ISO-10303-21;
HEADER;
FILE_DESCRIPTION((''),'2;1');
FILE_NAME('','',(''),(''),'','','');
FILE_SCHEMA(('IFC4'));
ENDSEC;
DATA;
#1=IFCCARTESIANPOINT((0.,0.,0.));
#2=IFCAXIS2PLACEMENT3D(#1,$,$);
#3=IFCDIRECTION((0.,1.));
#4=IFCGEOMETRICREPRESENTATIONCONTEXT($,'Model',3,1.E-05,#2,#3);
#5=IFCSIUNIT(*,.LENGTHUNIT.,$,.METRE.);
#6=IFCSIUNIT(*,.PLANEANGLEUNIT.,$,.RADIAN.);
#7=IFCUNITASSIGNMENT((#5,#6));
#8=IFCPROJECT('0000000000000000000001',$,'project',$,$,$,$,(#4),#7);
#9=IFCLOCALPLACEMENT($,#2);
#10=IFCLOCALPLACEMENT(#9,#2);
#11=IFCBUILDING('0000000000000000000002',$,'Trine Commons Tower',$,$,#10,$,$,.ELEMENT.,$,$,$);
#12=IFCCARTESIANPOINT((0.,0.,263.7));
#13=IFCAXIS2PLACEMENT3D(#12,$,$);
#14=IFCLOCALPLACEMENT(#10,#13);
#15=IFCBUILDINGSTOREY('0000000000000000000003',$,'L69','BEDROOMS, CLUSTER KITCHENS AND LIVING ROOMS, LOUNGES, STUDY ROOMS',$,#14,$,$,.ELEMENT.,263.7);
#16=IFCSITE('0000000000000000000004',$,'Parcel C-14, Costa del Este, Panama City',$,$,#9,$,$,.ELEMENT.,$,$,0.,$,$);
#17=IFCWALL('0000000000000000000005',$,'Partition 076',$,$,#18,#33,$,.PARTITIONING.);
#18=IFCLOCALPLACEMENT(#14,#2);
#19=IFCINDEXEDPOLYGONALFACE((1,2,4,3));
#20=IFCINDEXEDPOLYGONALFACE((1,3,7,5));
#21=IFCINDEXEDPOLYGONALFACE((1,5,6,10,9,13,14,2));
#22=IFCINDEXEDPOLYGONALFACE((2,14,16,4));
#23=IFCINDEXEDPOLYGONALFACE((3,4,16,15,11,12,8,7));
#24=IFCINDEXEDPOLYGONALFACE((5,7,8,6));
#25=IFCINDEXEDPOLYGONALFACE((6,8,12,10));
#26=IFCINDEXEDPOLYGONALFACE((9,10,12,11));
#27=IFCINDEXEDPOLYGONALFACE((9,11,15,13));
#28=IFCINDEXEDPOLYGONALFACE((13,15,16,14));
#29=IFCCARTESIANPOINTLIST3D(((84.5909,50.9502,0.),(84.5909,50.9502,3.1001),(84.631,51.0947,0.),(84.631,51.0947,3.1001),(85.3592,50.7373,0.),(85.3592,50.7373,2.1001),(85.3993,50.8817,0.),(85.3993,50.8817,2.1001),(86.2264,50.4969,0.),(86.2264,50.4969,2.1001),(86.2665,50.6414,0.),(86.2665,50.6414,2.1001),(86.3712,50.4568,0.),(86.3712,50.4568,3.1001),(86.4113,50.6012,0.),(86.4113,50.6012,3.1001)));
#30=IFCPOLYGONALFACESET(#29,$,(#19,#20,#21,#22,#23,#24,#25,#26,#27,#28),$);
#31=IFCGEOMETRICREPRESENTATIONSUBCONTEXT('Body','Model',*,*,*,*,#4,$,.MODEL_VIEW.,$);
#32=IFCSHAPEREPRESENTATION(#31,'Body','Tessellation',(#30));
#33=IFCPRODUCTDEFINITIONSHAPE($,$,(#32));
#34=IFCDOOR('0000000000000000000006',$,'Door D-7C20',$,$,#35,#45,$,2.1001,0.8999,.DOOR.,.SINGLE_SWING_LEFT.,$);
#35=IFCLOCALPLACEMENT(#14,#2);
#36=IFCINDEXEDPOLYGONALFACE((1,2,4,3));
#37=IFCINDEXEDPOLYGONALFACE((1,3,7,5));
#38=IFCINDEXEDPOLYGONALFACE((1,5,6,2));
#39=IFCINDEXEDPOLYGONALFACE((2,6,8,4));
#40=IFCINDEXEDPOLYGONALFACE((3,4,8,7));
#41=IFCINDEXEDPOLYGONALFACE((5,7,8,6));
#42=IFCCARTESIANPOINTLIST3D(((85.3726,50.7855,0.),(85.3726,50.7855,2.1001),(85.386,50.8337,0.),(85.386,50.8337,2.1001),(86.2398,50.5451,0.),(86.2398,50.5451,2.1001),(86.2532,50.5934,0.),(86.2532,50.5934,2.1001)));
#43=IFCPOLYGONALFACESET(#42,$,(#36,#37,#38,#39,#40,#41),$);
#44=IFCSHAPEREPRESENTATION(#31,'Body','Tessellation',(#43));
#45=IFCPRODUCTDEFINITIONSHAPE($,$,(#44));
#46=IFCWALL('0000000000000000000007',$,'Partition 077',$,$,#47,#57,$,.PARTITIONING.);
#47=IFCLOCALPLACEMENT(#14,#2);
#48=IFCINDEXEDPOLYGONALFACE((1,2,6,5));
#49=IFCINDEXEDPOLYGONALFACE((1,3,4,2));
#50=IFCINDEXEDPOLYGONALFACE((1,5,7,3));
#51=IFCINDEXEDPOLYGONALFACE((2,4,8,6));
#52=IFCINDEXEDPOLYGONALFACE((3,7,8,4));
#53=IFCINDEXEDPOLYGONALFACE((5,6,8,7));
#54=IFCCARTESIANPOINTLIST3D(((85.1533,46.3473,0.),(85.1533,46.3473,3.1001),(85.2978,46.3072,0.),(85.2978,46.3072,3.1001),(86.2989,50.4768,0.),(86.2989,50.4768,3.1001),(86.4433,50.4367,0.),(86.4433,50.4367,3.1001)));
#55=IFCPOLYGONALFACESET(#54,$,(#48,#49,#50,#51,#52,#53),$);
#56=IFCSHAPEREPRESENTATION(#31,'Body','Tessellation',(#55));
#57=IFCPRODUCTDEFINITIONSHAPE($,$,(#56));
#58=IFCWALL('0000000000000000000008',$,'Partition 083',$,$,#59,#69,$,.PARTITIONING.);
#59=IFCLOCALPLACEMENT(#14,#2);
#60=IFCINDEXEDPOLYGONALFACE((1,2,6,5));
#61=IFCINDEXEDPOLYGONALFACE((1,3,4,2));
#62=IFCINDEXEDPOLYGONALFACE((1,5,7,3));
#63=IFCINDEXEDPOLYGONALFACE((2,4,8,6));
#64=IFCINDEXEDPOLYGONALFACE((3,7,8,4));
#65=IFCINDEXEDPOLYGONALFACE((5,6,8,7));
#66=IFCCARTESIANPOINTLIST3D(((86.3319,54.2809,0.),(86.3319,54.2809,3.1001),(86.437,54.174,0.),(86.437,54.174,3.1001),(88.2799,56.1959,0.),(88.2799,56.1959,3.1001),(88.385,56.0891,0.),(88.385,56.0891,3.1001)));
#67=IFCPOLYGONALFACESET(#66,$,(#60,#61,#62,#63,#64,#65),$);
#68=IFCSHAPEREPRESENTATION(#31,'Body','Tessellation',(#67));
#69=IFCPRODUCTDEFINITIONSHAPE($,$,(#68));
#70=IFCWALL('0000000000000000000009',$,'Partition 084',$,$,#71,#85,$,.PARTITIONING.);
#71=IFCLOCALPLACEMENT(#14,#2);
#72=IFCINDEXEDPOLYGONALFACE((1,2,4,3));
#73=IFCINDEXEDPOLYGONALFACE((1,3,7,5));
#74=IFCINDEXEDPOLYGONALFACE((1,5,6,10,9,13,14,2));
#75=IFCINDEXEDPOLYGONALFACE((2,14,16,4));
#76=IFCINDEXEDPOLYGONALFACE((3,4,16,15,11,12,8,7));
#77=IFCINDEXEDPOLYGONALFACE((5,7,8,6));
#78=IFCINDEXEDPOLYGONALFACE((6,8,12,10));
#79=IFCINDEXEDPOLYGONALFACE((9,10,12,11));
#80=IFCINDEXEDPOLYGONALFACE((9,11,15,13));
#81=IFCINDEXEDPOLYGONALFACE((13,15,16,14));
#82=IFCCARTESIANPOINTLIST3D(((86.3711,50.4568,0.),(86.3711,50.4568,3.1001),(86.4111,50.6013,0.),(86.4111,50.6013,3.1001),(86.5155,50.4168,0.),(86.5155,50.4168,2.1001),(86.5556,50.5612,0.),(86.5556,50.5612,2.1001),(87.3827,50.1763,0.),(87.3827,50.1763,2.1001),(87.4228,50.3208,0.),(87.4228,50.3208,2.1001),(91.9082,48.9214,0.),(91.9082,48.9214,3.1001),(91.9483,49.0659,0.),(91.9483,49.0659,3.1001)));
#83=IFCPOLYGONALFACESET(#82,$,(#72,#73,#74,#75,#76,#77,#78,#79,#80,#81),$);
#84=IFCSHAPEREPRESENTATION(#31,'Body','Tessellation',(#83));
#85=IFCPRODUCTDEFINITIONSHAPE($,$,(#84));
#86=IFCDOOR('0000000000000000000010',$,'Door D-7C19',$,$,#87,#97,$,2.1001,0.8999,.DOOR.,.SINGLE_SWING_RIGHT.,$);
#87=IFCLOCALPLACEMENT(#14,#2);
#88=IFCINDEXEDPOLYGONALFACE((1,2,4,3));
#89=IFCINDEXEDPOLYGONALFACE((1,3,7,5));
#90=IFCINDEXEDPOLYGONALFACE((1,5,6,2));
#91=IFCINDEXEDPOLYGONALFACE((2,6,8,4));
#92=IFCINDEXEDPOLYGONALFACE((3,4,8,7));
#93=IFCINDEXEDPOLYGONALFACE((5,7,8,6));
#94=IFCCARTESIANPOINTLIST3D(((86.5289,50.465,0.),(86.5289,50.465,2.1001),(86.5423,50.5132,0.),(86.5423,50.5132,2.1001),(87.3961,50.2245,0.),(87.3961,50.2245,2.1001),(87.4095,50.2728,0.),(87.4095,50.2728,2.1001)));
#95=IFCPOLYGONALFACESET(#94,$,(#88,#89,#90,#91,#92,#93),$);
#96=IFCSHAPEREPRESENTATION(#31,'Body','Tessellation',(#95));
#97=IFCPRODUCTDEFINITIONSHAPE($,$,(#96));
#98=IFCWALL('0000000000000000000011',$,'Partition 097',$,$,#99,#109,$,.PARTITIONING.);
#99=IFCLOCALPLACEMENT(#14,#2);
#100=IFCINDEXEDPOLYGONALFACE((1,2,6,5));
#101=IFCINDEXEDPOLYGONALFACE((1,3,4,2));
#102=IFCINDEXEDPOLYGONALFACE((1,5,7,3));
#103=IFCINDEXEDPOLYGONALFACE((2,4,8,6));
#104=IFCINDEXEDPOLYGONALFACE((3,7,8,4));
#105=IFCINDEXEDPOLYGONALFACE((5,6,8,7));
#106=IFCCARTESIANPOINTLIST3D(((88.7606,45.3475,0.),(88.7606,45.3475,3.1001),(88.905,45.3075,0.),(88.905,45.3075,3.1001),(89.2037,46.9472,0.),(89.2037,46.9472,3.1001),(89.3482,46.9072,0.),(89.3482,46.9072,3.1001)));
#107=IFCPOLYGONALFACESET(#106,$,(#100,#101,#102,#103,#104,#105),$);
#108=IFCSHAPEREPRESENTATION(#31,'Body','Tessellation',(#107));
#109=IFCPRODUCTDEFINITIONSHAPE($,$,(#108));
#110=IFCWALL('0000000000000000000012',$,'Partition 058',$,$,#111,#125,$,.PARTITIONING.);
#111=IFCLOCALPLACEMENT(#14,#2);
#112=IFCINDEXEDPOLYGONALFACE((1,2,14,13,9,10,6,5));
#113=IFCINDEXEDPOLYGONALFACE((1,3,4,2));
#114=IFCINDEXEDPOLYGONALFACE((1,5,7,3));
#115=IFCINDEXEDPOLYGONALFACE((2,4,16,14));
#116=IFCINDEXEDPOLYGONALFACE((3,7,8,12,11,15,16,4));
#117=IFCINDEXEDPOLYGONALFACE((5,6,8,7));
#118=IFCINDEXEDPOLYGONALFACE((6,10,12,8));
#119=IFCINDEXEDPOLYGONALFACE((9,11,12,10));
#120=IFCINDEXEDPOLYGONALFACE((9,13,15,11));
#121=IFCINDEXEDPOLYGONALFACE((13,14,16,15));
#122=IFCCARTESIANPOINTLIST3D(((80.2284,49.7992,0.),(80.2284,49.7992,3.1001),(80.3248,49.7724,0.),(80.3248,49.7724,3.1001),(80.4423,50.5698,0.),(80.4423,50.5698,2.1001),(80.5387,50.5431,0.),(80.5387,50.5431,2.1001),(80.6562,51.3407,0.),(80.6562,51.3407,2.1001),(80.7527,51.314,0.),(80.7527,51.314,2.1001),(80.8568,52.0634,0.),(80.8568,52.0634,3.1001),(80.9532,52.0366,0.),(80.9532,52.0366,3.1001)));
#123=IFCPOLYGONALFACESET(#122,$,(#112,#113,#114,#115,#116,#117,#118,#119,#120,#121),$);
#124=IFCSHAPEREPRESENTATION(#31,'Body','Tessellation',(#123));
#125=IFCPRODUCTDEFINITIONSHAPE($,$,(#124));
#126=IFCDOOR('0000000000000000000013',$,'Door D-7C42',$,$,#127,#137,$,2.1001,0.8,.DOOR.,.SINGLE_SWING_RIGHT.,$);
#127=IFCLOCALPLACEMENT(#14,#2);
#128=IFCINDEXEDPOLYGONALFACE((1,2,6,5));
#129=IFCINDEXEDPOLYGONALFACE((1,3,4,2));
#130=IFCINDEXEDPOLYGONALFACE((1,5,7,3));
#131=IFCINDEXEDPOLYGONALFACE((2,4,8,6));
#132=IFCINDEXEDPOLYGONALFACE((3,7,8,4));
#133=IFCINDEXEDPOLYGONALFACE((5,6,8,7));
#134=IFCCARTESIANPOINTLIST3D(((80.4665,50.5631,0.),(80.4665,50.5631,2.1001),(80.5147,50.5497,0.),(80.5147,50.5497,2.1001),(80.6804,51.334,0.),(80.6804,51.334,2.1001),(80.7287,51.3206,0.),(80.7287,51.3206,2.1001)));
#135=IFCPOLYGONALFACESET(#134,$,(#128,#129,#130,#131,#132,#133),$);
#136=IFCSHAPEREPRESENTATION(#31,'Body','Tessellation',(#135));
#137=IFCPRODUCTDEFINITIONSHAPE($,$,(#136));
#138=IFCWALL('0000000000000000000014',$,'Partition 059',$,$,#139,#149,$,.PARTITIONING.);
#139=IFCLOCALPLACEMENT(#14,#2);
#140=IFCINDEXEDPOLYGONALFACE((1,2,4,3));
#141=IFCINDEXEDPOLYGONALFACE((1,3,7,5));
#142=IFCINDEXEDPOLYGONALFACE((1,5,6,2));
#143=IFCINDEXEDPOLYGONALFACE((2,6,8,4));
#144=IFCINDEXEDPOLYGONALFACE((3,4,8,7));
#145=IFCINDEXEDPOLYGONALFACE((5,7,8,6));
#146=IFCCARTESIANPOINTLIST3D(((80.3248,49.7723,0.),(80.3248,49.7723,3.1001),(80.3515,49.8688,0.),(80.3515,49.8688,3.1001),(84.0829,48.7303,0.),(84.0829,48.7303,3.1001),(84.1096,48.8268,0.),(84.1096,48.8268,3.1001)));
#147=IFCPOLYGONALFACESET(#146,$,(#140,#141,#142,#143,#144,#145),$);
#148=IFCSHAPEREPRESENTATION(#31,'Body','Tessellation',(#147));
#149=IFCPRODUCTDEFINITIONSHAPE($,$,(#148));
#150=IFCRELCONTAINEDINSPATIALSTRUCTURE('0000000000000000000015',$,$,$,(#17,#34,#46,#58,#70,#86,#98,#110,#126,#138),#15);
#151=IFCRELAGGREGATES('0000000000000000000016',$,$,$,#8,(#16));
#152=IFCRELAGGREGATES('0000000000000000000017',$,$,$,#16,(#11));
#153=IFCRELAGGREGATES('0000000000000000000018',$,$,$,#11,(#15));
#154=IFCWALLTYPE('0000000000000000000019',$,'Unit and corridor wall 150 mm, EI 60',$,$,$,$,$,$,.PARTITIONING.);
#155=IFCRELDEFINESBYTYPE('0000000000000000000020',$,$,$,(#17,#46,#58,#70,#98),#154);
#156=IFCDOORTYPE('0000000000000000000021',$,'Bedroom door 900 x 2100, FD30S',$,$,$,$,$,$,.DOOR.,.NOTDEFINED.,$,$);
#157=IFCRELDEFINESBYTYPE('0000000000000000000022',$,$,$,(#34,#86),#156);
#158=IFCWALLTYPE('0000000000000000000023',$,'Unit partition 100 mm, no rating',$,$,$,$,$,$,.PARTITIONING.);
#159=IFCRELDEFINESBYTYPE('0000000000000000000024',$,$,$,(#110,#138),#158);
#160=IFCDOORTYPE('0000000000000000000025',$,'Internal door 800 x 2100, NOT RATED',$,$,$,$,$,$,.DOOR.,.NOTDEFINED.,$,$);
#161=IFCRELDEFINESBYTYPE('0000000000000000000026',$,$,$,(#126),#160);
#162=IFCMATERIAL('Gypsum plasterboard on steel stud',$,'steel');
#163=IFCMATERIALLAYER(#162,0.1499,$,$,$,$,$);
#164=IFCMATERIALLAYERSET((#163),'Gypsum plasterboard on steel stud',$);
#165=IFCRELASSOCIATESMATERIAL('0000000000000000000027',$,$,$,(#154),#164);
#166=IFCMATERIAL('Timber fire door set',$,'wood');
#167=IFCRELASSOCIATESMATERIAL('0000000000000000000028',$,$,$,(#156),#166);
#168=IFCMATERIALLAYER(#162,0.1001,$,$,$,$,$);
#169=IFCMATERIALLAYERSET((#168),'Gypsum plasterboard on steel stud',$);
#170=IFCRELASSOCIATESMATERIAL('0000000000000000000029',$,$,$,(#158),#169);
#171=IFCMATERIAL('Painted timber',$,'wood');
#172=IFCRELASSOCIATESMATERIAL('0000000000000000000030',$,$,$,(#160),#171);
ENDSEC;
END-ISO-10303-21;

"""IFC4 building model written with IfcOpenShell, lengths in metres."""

from ifc_helpers import new_model, si_unit, direction, frame, frame_2d, origin, place, context, subcontext, project, spatial, rectangle, extrude, material, layer, layer_set, type_object, element, fill, save


model = new_model("IFC4")

# Units and contexts
model_context = context("Model", 3, precision=1e-05, world=origin(), true_north=direction((0.0, 1.0)))
body_context = subcontext(model_context, "Body", "Model", "MODEL_VIEW")
ifc_project = project(units=[si_unit("LENGTHUNIT", "METRE"), si_unit("PLANEANGLEUNIT", "RADIAN")], contexts=[model_context])

# Site, building, storey
site_placement = place(None, origin())
site = spatial("IfcSite", under=ifc_project, at=site_placement, Name="Parcel C-14, Costa del Este, Panama City", CompositionType="ELEMENT", RefElevation=0.0)
building_placement = place(site_placement, origin())
building = spatial("IfcBuilding", under=site, at=building_placement, Name="Trine Commons Tower", CompositionType="ELEMENT")
storey_placement = place(building_placement, frame((0.0, 0.0, 263.7)))
storey = spatial("IfcBuildingStorey", under=building, at=storey_placement, Name="L69", Description="BEDROOMS, CLUSTER KITCHENS AND LIVING ROOMS, LOUNGES, STUDY ROOMS", CompositionType="ELEMENT", Elevation=263.7)

# Shared definitions
ifc_material_1 = material(Name="Gypsum plasterboard on steel stud", Category="steel")
ifc_layer_1 = layer(ifc_material_1, 0.1499)
ifc_layer_set_1 = layer_set([ifc_layer_1], Name="Gypsum plasterboard on steel stud")
wall_type_1 = type_object("IfcWallType", Name="Unit and corridor wall 150 mm, EI 60", PredefinedType="PARTITIONING", material=ifc_layer_set_1)

# Wall, opening, door
ifc_material_2 = material(Name="Timber fire door set", Category="wood")
wall_1_placement = place(storey_placement, frame((84.6108, 51.0225, 0.0), z_axis=(0.0, 0.0, 1.0), x_axis=(0.963673, -0.267085, 0.0)))
wall_1 = element("IfcWall", 1, at=wall_1_placement, inside=storey, type_object=wall_type_1, Name="Partition 076", PredefinedType="PARTITIONING", context=body_context, shape_type="SweptSolid", body=[
    extrude(rectangle(XDim=1.8474, YDim=0.1499, at=frame_2d((0.9238, 0.0))), origin(), (0.0, 0.0, 1.0), 3.1001),
])
opening_1_placement = place(wall_1_placement, frame((0.7974, 0.0, 0.0)))
opening_1 = element("IfcOpeningElement", 2, at=opening_1_placement, cuts=wall_1, PredefinedType="OPENING", context=body_context, shape_type="SweptSolid", body=[
    extrude(rectangle(XDim=0.8999, YDim=2.1001, at=frame_2d((0.45, 1.05))), frame((0.0, 0.085, 0.0), z_axis=(0.0, -1.0, 0.0), x_axis=(1.0, 0.0, 0.0)), (0.0, 0.0, 1.0), 0.1699),
])
door_type_1 = type_object("IfcDoorType", Name="Bedroom door 900 x 2100, FD30S", OperationType="NOTDEFINED", PredefinedType="DOOR", material=ifc_material_2)
door_1_placement = place(opening_1_placement, frame((0.8999, 0.0, 0.0), z_axis=(0.0, 0.0, 1.0), x_axis=(-1.0, 0.0, 0.0)))
door_1 = element("IfcDoor", 3, at=door_1_placement, inside=storey, type_object=door_type_1, Name="Door D-7C20", OperationType="SINGLE_SWING_LEFT", OverallHeight=2.1001, OverallWidth=0.8999, PredefinedType="DOOR", context=body_context, shape_type="SweptSolid", body=[
    extrude(rectangle(XDim=0.8999, YDim=2.1001, at=frame_2d((0.45, 1.05))), frame((0.0, 0.0249, 0.0), z_axis=(0.0, -1.0, 0.0), x_axis=(1.0, 0.0, 0.0)), (0.0, 0.0, 1.0), 0.05),
])
fill(opening_1, door_1)

# Walls
wall_2_placement = place(storey_placement, frame((85.2256, 46.3274, 0.0), z_axis=(0.0, 0.0, 1.0), x_axis=(0.267309, 0.963611, 0.0)))
element("IfcWall", 4, at=wall_2_placement, inside=storey, type_object=wall_type_1, Name="Partition 077", PredefinedType="PARTITIONING", context=body_context, shape_type="SweptSolid", body=[
    extrude(rectangle(XDim=4.2854, YDim=0.1499, at=frame_2d((2.1426, 0.0))), origin(), (0.0, 0.0, 1.0), 3.1001),
])
wall_3_placement = place(storey_placement, frame((86.3845, 54.2275, 0.0), z_axis=(0.0, 0.0, 1.0), x_axis=(0.713114, 0.701048, 0.0)))
element("IfcWall", 5, at=wall_3_placement, inside=storey, type_object=wall_type_1, Name="Partition 083", PredefinedType="PARTITIONING", context=body_context, shape_type="SweptSolid", body=[
    extrude(rectangle(XDim=2.7317, YDim=0.1499, at=frame_2d((1.3657, 0.0))), origin(), (0.0, 0.0, 1.0), 3.1001),
])

# Wall, opening, door
wall_4_placement = place(storey_placement, frame((86.3911, 50.5291, 0.0), z_axis=(0.0, 0.0, 1.0), x_axis=(0.963638, -0.26721, 0.0)))
wall_4 = element("IfcWall", 6, at=wall_4_placement, inside=storey, type_object=wall_type_1, Name="Partition 084", PredefinedType="PARTITIONING", context=body_context, shape_type="SweptSolid", body=[
    extrude(rectangle(XDim=5.7461, YDim=0.1499, at=frame_2d((2.873, 0.0))), origin(), (0.0, 0.0, 1.0), 3.1001),
])
opening_2_placement = place(wall_4_placement, frame((0.1499, 0.0, 0.0)))
opening_2 = element("IfcOpeningElement", 7, at=opening_2_placement, cuts=wall_4, PredefinedType="OPENING", context=body_context, shape_type="SweptSolid", body=[
    extrude(rectangle(XDim=0.8999, YDim=2.1001, at=frame_2d((0.45, 1.05))), frame((0.0, 0.085, 0.0), z_axis=(0.0, -1.0, 0.0), x_axis=(1.0, 0.0, 0.0)), (0.0, 0.0, 1.0), 0.1699),
])
door_2_placement = place(opening_2_placement, frame((0.8999, 0.0, 0.0), z_axis=(0.0, 0.0, 1.0), x_axis=(-1.0, 0.0, 0.0)))
door_2 = element("IfcDoor", 8, at=door_2_placement, inside=storey, type_object=door_type_1, Name="Door D-7C19", OperationType="SINGLE_SWING_RIGHT", OverallHeight=2.1001, OverallWidth=0.8999, PredefinedType="DOOR", context=body_context, shape_type="SweptSolid", body=[
    extrude(rectangle(XDim=0.8999, YDim=2.1001, at=frame_2d((0.45, 1.05))), frame((0.0, 0.0249, 0.0), z_axis=(0.0, -1.0, 0.0), x_axis=(1.0, 0.0, 0.0)), (0.0, 0.0, 1.0), 0.05),
])
fill(opening_2, door_2)

# Wall
wall_5_placement = place(storey_placement, frame((88.8328, 45.3274, 0.0), z_axis=(0.0, 0.0, 1.0), x_axis=(0.266961, 0.963707, 0.0)))
element("IfcWall", 9, at=wall_5_placement, inside=storey, type_object=wall_type_1, Name="Partition 097", PredefinedType="PARTITIONING", context=body_context, shape_type="SweptSolid", body=[
    extrude(rectangle(XDim=1.6599, YDim=0.1499, at=frame_2d((0.8301, 0.0))), origin(), (0.0, 0.0, 1.0), 3.1001),
])

# Wall, opening, door
ifc_layer_2 = layer(ifc_material_1, 0.1001)
ifc_layer_set_2 = layer_set([ifc_layer_2], Name="Gypsum plasterboard on steel stud")
wall_type_2 = type_object("IfcWallType", Name="Unit partition 100 mm, no rating", PredefinedType="PARTITIONING", material=ifc_layer_set_2)
wall_6_placement = place(storey_placement, frame((80.2766, 49.7859, 0.0), z_axis=(0.0, 0.0, 1.0), x_axis=(0.26744, 0.963574, 0.0)))
wall_6 = element("IfcWall", 10, at=wall_6_placement, inside=storey, type_object=wall_type_2, Name="Partition 058", PredefinedType="PARTITIONING", context=body_context, shape_type="SweptSolid", body=[
    extrude(rectangle(XDim=2.3499, YDim=0.1001, at=frame_2d((1.1748, 0.0))), origin(), (0.0, 0.0, 1.0), 3.1001),
])
opening_3_placement = place(wall_6_placement, frame((0.7998, 0.0, 0.0)))
opening_3 = element("IfcOpeningElement", 11, at=opening_3_placement, cuts=wall_6, PredefinedType="OPENING", context=body_context, shape_type="SweptSolid", body=[
    extrude(rectangle(XDim=0.8, YDim=2.1001, at=frame_2d((0.3999, 1.05))), frame((0.0, 0.0601, 0.0), z_axis=(0.0, -1.0, 0.0), x_axis=(1.0, 0.0, 0.0)), (0.0, 0.0, 1.0), 0.1201),
])
ifc_material_3 = material(Name="Painted timber", Category="wood")
door_type_2 = type_object("IfcDoorType", Name="Internal door 800 x 2100, NOT RATED", OperationType="NOTDEFINED", PredefinedType="DOOR", material=ifc_material_3)
door_3_placement = place(opening_3_placement, origin())
door_3 = element("IfcDoor", 12, at=door_3_placement, inside=storey, type_object=door_type_2, Name="Door D-7C42", OperationType="SINGLE_SWING_RIGHT", OverallHeight=2.1001, OverallWidth=0.8, PredefinedType="DOOR", context=body_context, shape_type="SweptSolid", body=[
    extrude(rectangle(XDim=0.8, YDim=2.1001, at=frame_2d((0.3999, 1.05))), frame((0.0, 0.0249, 0.0), z_axis=(0.0, -1.0, 0.0), x_axis=(1.0, 0.0, 0.0)), (0.0, 0.0, 1.0), 0.05),
])
fill(opening_3, door_3)

# Wall
wall_7_placement = place(storey_placement, frame((80.3381, 49.8206, 0.0), z_axis=(0.0, 0.0, 1.0), x_axis=(0.963644, -0.267189, 0.0)))
element("IfcWall", 13, at=wall_7_placement, inside=storey, type_object=wall_type_2, Name="Partition 059", PredefinedType="PARTITIONING", context=body_context, shape_type="SweptSolid", body=[
    extrude(rectangle(XDim=3.8999, YDim=0.1001, at=frame_2d((1.95, 0.0))), origin(), (0.0, 0.0, 1.0), 3.1001),
])

save(model, "model.ifc")
